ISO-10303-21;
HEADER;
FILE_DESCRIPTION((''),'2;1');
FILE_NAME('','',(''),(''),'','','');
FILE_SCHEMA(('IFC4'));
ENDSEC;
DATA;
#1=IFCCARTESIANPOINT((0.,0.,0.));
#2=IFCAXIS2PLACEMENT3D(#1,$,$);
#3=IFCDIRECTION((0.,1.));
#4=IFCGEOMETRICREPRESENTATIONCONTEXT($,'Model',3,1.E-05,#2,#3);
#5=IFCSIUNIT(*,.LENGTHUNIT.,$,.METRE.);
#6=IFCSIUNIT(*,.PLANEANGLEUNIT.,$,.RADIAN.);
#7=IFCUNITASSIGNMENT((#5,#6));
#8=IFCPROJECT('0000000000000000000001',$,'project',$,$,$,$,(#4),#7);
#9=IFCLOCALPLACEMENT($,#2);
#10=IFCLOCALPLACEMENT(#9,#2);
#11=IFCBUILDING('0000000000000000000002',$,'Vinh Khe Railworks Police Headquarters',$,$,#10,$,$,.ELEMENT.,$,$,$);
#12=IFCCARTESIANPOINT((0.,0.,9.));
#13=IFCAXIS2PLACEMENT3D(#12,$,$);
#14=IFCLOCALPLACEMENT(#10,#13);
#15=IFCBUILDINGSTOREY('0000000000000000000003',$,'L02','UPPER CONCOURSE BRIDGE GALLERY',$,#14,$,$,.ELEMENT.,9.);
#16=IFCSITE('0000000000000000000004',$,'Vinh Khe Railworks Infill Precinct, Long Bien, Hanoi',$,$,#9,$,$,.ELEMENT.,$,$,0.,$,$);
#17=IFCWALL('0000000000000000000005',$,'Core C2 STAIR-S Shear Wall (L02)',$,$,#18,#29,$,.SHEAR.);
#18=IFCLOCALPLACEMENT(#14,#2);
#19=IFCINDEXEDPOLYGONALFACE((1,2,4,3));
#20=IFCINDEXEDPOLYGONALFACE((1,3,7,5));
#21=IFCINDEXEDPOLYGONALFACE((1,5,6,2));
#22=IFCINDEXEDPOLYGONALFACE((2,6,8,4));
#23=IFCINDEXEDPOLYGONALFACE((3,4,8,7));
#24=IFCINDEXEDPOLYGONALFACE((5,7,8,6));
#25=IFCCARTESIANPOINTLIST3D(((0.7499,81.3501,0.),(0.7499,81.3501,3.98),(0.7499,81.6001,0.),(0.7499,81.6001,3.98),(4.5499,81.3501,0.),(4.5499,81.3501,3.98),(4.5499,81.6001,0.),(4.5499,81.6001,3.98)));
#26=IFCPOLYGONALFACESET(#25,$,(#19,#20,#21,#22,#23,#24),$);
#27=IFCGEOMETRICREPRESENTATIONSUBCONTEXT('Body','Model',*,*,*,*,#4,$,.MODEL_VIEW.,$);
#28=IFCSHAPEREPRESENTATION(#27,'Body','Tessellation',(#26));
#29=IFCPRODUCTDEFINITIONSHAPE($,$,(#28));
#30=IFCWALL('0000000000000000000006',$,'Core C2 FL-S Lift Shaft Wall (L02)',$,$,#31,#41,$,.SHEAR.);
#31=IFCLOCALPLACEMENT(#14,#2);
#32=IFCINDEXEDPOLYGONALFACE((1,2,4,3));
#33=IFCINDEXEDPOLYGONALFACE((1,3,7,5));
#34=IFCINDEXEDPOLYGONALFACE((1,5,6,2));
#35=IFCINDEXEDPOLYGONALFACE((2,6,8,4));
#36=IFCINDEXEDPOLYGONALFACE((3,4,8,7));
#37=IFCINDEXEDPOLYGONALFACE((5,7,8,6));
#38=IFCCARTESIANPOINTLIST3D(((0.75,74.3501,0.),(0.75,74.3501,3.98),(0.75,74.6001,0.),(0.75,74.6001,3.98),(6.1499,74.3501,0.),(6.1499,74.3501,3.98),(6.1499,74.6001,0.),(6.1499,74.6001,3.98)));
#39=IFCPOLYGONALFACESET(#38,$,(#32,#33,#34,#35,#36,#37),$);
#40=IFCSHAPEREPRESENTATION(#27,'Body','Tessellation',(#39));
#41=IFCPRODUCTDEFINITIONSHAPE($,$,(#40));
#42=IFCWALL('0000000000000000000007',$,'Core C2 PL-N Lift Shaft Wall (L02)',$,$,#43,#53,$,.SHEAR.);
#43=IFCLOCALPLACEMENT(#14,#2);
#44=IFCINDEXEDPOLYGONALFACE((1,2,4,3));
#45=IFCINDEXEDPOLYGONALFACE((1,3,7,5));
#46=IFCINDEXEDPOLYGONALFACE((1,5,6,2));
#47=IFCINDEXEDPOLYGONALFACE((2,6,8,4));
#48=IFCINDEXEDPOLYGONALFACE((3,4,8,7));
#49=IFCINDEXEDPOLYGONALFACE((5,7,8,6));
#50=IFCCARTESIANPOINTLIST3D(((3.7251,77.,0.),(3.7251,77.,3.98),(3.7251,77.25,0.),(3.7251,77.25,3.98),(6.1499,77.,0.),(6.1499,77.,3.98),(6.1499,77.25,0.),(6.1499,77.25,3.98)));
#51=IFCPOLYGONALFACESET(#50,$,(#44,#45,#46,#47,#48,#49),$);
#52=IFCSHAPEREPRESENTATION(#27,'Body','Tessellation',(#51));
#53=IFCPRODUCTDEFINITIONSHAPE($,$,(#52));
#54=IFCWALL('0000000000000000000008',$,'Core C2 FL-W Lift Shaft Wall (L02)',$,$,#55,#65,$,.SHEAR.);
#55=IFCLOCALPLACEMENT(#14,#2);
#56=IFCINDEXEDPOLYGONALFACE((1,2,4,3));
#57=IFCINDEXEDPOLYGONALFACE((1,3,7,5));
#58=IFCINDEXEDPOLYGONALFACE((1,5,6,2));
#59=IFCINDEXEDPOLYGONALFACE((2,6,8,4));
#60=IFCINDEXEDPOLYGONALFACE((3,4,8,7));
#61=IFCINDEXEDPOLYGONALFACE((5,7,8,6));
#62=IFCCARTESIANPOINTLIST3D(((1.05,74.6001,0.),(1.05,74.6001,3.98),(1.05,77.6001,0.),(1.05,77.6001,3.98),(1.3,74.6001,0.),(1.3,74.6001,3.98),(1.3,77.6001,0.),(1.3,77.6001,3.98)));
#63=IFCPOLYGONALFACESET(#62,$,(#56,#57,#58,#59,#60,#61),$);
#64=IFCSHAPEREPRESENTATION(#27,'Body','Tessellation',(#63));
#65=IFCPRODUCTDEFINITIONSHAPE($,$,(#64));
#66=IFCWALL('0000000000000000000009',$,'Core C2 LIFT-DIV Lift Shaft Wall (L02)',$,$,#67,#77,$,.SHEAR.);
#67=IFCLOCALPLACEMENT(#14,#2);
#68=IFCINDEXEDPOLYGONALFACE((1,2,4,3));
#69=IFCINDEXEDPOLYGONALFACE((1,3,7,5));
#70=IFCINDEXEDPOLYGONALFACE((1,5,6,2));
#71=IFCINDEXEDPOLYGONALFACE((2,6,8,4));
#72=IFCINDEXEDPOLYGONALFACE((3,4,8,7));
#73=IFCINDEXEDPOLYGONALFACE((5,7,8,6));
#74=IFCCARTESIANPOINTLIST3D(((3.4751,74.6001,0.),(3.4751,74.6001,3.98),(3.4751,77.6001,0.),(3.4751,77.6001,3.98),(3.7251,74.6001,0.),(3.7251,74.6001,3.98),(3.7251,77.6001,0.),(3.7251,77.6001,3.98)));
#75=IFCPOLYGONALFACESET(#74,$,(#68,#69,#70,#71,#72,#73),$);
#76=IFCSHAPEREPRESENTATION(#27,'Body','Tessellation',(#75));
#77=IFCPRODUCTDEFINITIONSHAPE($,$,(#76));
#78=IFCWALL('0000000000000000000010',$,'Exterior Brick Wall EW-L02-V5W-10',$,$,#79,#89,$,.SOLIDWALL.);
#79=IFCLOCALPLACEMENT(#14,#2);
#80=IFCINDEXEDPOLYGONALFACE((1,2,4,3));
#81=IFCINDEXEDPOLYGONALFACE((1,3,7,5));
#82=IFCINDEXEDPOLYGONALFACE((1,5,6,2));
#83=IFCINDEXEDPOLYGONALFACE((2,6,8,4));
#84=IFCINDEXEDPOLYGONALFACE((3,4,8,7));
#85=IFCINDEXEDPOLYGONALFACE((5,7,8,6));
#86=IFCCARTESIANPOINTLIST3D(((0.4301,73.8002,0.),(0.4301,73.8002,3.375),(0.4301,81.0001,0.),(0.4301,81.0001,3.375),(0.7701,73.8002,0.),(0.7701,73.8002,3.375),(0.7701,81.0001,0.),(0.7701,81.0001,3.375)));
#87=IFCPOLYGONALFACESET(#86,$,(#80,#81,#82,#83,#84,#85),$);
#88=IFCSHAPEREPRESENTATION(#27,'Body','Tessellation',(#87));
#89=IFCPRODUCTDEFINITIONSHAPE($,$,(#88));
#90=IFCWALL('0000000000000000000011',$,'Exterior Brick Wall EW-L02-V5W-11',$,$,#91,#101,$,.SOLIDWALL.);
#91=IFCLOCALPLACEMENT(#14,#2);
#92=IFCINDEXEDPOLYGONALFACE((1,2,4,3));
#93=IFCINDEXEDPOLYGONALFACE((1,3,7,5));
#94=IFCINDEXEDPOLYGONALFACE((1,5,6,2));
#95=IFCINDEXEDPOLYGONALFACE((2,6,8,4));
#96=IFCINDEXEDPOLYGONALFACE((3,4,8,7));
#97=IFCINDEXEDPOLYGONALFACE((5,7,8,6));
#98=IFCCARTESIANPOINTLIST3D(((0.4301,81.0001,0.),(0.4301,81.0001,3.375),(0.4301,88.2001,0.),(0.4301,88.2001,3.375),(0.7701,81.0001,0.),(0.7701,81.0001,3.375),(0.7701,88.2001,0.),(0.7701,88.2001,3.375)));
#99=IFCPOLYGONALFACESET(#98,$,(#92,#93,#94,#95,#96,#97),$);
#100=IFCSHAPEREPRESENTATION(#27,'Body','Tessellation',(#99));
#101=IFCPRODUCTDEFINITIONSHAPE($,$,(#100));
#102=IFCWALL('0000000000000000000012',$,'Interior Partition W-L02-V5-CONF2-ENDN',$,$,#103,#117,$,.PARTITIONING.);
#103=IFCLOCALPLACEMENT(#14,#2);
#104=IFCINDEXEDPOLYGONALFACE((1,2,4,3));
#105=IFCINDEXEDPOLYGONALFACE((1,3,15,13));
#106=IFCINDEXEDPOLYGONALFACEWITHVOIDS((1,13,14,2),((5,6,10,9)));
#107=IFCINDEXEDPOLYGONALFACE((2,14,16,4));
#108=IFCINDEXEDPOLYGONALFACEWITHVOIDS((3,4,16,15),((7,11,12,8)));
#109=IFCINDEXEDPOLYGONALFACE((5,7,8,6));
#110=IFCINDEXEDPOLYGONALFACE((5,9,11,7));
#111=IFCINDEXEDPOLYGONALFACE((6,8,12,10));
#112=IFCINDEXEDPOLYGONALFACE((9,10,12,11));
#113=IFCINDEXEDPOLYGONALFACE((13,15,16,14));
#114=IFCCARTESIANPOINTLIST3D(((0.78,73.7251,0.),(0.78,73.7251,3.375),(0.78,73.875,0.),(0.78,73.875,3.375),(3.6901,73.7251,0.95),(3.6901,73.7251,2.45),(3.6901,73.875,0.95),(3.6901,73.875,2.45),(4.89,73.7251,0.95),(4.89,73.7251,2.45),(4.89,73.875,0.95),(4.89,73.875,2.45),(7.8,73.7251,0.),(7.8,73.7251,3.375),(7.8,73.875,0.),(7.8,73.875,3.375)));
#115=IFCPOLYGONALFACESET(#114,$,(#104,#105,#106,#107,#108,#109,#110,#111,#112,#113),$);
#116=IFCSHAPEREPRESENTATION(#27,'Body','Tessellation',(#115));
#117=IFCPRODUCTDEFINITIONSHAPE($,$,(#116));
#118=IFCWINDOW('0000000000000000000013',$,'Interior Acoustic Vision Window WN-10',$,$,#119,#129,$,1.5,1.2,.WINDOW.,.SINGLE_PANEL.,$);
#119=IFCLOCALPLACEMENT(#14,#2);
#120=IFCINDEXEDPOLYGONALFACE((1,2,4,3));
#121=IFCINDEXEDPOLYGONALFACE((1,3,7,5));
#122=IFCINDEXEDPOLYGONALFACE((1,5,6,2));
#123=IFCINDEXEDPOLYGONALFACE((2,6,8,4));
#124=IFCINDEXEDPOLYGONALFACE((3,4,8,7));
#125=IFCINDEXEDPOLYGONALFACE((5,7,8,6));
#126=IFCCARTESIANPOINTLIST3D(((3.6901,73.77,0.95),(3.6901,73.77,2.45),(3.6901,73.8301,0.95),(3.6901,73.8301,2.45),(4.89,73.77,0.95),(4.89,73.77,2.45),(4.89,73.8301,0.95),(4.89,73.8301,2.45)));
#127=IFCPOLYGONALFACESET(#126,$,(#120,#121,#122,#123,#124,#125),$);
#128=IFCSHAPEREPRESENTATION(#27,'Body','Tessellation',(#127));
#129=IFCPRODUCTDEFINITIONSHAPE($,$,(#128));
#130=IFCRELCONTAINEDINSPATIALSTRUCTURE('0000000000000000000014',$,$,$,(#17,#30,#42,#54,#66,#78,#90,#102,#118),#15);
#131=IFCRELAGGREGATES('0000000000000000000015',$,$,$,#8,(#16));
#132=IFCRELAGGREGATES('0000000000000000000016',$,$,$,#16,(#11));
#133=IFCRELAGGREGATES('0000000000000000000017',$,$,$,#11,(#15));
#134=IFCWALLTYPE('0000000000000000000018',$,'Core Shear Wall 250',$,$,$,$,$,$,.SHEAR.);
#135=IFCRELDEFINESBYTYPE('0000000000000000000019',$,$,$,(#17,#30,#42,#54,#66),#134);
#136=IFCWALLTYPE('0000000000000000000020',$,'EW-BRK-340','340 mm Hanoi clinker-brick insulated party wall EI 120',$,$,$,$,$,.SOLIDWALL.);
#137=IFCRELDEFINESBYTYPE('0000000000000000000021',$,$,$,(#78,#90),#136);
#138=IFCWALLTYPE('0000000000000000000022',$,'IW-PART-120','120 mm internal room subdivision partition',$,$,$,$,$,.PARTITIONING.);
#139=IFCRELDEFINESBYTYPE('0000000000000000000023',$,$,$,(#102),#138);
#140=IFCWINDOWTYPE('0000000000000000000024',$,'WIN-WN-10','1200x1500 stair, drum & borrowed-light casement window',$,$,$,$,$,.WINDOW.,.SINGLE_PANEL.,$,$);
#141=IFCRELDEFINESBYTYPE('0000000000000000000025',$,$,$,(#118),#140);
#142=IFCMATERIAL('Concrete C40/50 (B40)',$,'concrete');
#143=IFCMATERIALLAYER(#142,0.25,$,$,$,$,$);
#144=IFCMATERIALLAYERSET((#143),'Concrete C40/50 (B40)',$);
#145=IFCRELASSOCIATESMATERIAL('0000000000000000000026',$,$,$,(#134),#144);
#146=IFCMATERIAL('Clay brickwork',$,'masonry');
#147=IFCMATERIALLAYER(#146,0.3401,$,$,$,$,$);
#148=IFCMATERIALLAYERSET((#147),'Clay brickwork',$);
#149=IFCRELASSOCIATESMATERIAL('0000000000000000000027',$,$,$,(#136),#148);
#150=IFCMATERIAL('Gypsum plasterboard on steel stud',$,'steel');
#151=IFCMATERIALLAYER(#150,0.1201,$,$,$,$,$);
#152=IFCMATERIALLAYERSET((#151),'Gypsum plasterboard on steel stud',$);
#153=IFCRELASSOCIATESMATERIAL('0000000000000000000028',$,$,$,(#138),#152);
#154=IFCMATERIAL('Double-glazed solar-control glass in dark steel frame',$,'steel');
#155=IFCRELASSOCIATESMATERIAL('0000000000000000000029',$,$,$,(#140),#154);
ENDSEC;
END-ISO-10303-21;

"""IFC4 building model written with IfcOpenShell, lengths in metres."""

from ifc_helpers import new_model, si_unit, direction, frame, frame_2d, origin, place, context, subcontext, project, spatial, rectangle, extrude, material, layer, layer_set, type_object, element, fill, save


model = new_model("IFC4")

# Units and contexts
model_context = context("Model", 3, precision=1e-05, world=origin(), true_north=direction((0.0, 1.0)))
body_context = subcontext(model_context, "Body", "Model", "MODEL_VIEW")
ifc_project = project(units=[si_unit("LENGTHUNIT", "METRE"), si_unit("PLANEANGLEUNIT", "RADIAN")], contexts=[model_context])

# Site, building, storey
site_placement = place(None, origin())
site = spatial("IfcSite", under=ifc_project, at=site_placement, Name="Vinh Khe Railworks Infill Precinct, Long Bien, Hanoi", CompositionType="ELEMENT", RefElevation=0.0)
building_placement = place(site_placement, origin())
building = spatial("IfcBuilding", under=site, at=building_placement, Name="Vinh Khe Railworks Police Headquarters", CompositionType="ELEMENT")
storey_placement = place(building_placement, frame((0.0, 0.0, 9.0)))
storey = spatial("IfcBuildingStorey", under=building, at=storey_placement, Name="L02", Description="UPPER CONCOURSE BRIDGE GALLERY", CompositionType="ELEMENT", Elevation=9.0)

# Walls
ifc_material_1 = material(Name="Concrete C40/50 (B40)", Category="concrete")
ifc_layer_1 = layer(ifc_material_1, 0.25)
ifc_layer_set_1 = layer_set([ifc_layer_1], Name="Concrete C40/50 (B40)")
wall_type_1 = type_object("IfcWallType", Name="Core Shear Wall 250", PredefinedType="SHEAR", material=ifc_layer_set_1)
wall_1_placement = place(storey_placement, frame((0.75, 81.4751, 0.0), z_axis=(0.0, 0.0, 1.0), x_axis=(1.0, 0.0, 0.0)))
element("IfcWall", 1, at=wall_1_placement, inside=storey, type_object=wall_type_1, Name="Core C2 STAIR-S Shear Wall (L02)", PredefinedType="SHEAR", context=body_context, shape_type="SweptSolid", body=[
    extrude(rectangle(XDim=3.8, YDim=0.25, at=frame_2d((1.8999, 0.0))), origin(), (0.0, 0.0, 1.0), 3.98),
])
wall_2_placement = place(storey_placement, frame((0.75, 74.4751, 0.0), z_axis=(0.0, 0.0, 1.0), x_axis=(1.0, 0.0, 0.0)))
element("IfcWall", 2, at=wall_2_placement, inside=storey, type_object=wall_type_1, Name="Core C2 FL-S Lift Shaft Wall (L02)", PredefinedType="SHEAR", context=body_context, shape_type="SweptSolid", body=[
    extrude(rectangle(XDim=5.3999, YDim=0.25, at=frame_2d((2.7, 0.0))), origin(), (0.0, 0.0, 1.0), 3.98),
])

# Walls
wall_3_placement = place(storey_placement, frame((3.7251, 77.125, 0.0), z_axis=(0.0, 0.0, 1.0), x_axis=(1.0, 0.0, 0.0)))
element("IfcWall", 3, at=wall_3_placement, inside=storey, type_object=wall_type_1, Name="Core C2 PL-N Lift Shaft Wall (L02)", PredefinedType="SHEAR", context=body_context, shape_type="SweptSolid", body=[
    extrude(rectangle(XDim=2.4248, YDim=0.25, at=frame_2d((1.2124, 0.0))), origin(), (0.0, 0.0, 1.0), 3.98),
])
for number, where, z_axis, x_axis, name in (
    (4, (1.175, 74.6001, 0.0), (0.0, 0.0, 1.0), (0.0, 1.0, 0.0), "Core C2 FL-W Lift Shaft Wall (L02)"),
    (5, (3.6001, 74.6001, 0.0), (0.0, 0.0, 1.0), (0.0, 1.0, 0.0), "Core C2 LIFT-DIV Lift Shaft Wall (L02)"),
):
    element("IfcWall", number, at=place(storey_placement, frame(where, z_axis=z_axis, x_axis=x_axis)), inside=storey, type_object=wall_type_1, Name=name, PredefinedType="SHEAR", context=body_context, shape_type="SweptSolid", body=[
        extrude(rectangle(XDim=3.0, YDim=0.25, at=frame_2d((1.5, 0.0))), origin(), (0.0, 0.0, 1.0), 3.98),
    ])

# Walls
ifc_material_2 = material(Name="Clay brickwork", Category="masonry")
ifc_layer_2 = layer(ifc_material_2, 0.3401)
ifc_layer_set_2 = layer_set([ifc_layer_2], Name="Clay brickwork")
wall_type_2 = type_object("IfcWallType", Name="EW-BRK-340", Description="340 mm Hanoi clinker-brick insulated party wall EI 120", PredefinedType="SOLIDWALL", material=ifc_layer_set_2)
for number, where, z_axis, x_axis, name in (
    (6, (0.6001, 73.8, 0.0), (0.0, 0.0, 1.0), (0.0, 1.0, 0.0), "Exterior Brick Wall EW-L02-V5W-10"),
    (7, (0.6001, 81.0, 0.0), (0.0, 0.0, 1.0), (0.0, 1.0, 0.0), "Exterior Brick Wall EW-L02-V5W-11"),
):
    element("IfcWall", number, at=place(storey_placement, frame(where, z_axis=z_axis, x_axis=x_axis)), inside=storey, type_object=wall_type_2, Name=name, PredefinedType="SOLIDWALL", context=body_context, shape_type="SweptSolid", body=[
        extrude(rectangle(XDim=7.2, YDim=0.3401, at=frame_2d((3.6001, 0.0))), origin(), (0.0, 0.0, 1.0), 3.375),
    ])

# Wall, opening, window
ifc_material_3 = material(Name="Gypsum plasterboard on steel stud", Category="steel")
ifc_layer_3 = layer(ifc_material_3, 0.1201)
ifc_layer_set_3 = layer_set([ifc_layer_3], Name="Gypsum plasterboard on steel stud")
wall_type_3 = type_object("IfcWallType", Name="IW-PART-120", Description="120 mm internal room subdivision partition", PredefinedType="PARTITIONING", material=ifc_layer_set_3)
wall_4_placement = place(storey_placement, frame((0.78, 73.8, 0.0), z_axis=(0.0, 0.0, 1.0), x_axis=(1.0, 0.0, 0.0)))
wall_4 = element("IfcWall", 8, at=wall_4_placement, inside=storey, type_object=wall_type_3, Name="Interior Partition W-L02-V5-CONF2-ENDN", PredefinedType="PARTITIONING", context=body_context, shape_type="SweptSolid", body=[
    extrude(rectangle(XDim=7.02, YDim=0.1499, at=frame_2d((3.51, 0.0))), origin(), (0.0, 0.0, 1.0), 3.375),
])
opening_1_placement = place(wall_4_placement, frame((2.9099, 0.0, 0.95)))
opening_1 = element("IfcOpeningElement", 9, at=opening_1_placement, cuts=wall_4, PredefinedType="OPENING", context=body_context, shape_type="SweptSolid", body=[
    extrude(rectangle(XDim=1.2, YDim=1.5, at=frame_2d((0.6001, 0.75))), frame((0.0, 0.0898, 0.0), z_axis=(0.0, -1.0, 0.0), x_axis=(1.0, 0.0, 0.0)), (0.0, 0.0, 1.0), 0.1797),
])
ifc_material_4 = material(Name="Double-glazed solar-control glass in dark steel frame", Category="steel")
window_type = type_object("IfcWindowType", Name="WIN-WN-10", Description="1200x1500 stair, drum & borrowed-light casement window", PartitioningType="SINGLE_PANEL", PredefinedType="WINDOW", material=ifc_material_4)
window_placement = place(opening_1_placement, origin())
window = element("IfcWindow", 10, at=window_placement, inside=storey, type_object=window_type, Name="Interior Acoustic Vision Window WN-10", OverallHeight=1.5, OverallWidth=1.2, PartitioningType="SINGLE_PANEL", PredefinedType="WINDOW", context=body_context, shape_type="SweptSolid", body=[
    extrude(rectangle(XDim=1.2, YDim=1.5, at=frame_2d((0.6001, 0.75))), frame((0.0, 0.03, 0.0), z_axis=(0.0, -1.0, 0.0), x_axis=(1.0, 0.0, 0.0)), (0.0, 0.0, 1.0), 0.0601),
])
fill(opening_1, window)

save(model, "model.ifc")
